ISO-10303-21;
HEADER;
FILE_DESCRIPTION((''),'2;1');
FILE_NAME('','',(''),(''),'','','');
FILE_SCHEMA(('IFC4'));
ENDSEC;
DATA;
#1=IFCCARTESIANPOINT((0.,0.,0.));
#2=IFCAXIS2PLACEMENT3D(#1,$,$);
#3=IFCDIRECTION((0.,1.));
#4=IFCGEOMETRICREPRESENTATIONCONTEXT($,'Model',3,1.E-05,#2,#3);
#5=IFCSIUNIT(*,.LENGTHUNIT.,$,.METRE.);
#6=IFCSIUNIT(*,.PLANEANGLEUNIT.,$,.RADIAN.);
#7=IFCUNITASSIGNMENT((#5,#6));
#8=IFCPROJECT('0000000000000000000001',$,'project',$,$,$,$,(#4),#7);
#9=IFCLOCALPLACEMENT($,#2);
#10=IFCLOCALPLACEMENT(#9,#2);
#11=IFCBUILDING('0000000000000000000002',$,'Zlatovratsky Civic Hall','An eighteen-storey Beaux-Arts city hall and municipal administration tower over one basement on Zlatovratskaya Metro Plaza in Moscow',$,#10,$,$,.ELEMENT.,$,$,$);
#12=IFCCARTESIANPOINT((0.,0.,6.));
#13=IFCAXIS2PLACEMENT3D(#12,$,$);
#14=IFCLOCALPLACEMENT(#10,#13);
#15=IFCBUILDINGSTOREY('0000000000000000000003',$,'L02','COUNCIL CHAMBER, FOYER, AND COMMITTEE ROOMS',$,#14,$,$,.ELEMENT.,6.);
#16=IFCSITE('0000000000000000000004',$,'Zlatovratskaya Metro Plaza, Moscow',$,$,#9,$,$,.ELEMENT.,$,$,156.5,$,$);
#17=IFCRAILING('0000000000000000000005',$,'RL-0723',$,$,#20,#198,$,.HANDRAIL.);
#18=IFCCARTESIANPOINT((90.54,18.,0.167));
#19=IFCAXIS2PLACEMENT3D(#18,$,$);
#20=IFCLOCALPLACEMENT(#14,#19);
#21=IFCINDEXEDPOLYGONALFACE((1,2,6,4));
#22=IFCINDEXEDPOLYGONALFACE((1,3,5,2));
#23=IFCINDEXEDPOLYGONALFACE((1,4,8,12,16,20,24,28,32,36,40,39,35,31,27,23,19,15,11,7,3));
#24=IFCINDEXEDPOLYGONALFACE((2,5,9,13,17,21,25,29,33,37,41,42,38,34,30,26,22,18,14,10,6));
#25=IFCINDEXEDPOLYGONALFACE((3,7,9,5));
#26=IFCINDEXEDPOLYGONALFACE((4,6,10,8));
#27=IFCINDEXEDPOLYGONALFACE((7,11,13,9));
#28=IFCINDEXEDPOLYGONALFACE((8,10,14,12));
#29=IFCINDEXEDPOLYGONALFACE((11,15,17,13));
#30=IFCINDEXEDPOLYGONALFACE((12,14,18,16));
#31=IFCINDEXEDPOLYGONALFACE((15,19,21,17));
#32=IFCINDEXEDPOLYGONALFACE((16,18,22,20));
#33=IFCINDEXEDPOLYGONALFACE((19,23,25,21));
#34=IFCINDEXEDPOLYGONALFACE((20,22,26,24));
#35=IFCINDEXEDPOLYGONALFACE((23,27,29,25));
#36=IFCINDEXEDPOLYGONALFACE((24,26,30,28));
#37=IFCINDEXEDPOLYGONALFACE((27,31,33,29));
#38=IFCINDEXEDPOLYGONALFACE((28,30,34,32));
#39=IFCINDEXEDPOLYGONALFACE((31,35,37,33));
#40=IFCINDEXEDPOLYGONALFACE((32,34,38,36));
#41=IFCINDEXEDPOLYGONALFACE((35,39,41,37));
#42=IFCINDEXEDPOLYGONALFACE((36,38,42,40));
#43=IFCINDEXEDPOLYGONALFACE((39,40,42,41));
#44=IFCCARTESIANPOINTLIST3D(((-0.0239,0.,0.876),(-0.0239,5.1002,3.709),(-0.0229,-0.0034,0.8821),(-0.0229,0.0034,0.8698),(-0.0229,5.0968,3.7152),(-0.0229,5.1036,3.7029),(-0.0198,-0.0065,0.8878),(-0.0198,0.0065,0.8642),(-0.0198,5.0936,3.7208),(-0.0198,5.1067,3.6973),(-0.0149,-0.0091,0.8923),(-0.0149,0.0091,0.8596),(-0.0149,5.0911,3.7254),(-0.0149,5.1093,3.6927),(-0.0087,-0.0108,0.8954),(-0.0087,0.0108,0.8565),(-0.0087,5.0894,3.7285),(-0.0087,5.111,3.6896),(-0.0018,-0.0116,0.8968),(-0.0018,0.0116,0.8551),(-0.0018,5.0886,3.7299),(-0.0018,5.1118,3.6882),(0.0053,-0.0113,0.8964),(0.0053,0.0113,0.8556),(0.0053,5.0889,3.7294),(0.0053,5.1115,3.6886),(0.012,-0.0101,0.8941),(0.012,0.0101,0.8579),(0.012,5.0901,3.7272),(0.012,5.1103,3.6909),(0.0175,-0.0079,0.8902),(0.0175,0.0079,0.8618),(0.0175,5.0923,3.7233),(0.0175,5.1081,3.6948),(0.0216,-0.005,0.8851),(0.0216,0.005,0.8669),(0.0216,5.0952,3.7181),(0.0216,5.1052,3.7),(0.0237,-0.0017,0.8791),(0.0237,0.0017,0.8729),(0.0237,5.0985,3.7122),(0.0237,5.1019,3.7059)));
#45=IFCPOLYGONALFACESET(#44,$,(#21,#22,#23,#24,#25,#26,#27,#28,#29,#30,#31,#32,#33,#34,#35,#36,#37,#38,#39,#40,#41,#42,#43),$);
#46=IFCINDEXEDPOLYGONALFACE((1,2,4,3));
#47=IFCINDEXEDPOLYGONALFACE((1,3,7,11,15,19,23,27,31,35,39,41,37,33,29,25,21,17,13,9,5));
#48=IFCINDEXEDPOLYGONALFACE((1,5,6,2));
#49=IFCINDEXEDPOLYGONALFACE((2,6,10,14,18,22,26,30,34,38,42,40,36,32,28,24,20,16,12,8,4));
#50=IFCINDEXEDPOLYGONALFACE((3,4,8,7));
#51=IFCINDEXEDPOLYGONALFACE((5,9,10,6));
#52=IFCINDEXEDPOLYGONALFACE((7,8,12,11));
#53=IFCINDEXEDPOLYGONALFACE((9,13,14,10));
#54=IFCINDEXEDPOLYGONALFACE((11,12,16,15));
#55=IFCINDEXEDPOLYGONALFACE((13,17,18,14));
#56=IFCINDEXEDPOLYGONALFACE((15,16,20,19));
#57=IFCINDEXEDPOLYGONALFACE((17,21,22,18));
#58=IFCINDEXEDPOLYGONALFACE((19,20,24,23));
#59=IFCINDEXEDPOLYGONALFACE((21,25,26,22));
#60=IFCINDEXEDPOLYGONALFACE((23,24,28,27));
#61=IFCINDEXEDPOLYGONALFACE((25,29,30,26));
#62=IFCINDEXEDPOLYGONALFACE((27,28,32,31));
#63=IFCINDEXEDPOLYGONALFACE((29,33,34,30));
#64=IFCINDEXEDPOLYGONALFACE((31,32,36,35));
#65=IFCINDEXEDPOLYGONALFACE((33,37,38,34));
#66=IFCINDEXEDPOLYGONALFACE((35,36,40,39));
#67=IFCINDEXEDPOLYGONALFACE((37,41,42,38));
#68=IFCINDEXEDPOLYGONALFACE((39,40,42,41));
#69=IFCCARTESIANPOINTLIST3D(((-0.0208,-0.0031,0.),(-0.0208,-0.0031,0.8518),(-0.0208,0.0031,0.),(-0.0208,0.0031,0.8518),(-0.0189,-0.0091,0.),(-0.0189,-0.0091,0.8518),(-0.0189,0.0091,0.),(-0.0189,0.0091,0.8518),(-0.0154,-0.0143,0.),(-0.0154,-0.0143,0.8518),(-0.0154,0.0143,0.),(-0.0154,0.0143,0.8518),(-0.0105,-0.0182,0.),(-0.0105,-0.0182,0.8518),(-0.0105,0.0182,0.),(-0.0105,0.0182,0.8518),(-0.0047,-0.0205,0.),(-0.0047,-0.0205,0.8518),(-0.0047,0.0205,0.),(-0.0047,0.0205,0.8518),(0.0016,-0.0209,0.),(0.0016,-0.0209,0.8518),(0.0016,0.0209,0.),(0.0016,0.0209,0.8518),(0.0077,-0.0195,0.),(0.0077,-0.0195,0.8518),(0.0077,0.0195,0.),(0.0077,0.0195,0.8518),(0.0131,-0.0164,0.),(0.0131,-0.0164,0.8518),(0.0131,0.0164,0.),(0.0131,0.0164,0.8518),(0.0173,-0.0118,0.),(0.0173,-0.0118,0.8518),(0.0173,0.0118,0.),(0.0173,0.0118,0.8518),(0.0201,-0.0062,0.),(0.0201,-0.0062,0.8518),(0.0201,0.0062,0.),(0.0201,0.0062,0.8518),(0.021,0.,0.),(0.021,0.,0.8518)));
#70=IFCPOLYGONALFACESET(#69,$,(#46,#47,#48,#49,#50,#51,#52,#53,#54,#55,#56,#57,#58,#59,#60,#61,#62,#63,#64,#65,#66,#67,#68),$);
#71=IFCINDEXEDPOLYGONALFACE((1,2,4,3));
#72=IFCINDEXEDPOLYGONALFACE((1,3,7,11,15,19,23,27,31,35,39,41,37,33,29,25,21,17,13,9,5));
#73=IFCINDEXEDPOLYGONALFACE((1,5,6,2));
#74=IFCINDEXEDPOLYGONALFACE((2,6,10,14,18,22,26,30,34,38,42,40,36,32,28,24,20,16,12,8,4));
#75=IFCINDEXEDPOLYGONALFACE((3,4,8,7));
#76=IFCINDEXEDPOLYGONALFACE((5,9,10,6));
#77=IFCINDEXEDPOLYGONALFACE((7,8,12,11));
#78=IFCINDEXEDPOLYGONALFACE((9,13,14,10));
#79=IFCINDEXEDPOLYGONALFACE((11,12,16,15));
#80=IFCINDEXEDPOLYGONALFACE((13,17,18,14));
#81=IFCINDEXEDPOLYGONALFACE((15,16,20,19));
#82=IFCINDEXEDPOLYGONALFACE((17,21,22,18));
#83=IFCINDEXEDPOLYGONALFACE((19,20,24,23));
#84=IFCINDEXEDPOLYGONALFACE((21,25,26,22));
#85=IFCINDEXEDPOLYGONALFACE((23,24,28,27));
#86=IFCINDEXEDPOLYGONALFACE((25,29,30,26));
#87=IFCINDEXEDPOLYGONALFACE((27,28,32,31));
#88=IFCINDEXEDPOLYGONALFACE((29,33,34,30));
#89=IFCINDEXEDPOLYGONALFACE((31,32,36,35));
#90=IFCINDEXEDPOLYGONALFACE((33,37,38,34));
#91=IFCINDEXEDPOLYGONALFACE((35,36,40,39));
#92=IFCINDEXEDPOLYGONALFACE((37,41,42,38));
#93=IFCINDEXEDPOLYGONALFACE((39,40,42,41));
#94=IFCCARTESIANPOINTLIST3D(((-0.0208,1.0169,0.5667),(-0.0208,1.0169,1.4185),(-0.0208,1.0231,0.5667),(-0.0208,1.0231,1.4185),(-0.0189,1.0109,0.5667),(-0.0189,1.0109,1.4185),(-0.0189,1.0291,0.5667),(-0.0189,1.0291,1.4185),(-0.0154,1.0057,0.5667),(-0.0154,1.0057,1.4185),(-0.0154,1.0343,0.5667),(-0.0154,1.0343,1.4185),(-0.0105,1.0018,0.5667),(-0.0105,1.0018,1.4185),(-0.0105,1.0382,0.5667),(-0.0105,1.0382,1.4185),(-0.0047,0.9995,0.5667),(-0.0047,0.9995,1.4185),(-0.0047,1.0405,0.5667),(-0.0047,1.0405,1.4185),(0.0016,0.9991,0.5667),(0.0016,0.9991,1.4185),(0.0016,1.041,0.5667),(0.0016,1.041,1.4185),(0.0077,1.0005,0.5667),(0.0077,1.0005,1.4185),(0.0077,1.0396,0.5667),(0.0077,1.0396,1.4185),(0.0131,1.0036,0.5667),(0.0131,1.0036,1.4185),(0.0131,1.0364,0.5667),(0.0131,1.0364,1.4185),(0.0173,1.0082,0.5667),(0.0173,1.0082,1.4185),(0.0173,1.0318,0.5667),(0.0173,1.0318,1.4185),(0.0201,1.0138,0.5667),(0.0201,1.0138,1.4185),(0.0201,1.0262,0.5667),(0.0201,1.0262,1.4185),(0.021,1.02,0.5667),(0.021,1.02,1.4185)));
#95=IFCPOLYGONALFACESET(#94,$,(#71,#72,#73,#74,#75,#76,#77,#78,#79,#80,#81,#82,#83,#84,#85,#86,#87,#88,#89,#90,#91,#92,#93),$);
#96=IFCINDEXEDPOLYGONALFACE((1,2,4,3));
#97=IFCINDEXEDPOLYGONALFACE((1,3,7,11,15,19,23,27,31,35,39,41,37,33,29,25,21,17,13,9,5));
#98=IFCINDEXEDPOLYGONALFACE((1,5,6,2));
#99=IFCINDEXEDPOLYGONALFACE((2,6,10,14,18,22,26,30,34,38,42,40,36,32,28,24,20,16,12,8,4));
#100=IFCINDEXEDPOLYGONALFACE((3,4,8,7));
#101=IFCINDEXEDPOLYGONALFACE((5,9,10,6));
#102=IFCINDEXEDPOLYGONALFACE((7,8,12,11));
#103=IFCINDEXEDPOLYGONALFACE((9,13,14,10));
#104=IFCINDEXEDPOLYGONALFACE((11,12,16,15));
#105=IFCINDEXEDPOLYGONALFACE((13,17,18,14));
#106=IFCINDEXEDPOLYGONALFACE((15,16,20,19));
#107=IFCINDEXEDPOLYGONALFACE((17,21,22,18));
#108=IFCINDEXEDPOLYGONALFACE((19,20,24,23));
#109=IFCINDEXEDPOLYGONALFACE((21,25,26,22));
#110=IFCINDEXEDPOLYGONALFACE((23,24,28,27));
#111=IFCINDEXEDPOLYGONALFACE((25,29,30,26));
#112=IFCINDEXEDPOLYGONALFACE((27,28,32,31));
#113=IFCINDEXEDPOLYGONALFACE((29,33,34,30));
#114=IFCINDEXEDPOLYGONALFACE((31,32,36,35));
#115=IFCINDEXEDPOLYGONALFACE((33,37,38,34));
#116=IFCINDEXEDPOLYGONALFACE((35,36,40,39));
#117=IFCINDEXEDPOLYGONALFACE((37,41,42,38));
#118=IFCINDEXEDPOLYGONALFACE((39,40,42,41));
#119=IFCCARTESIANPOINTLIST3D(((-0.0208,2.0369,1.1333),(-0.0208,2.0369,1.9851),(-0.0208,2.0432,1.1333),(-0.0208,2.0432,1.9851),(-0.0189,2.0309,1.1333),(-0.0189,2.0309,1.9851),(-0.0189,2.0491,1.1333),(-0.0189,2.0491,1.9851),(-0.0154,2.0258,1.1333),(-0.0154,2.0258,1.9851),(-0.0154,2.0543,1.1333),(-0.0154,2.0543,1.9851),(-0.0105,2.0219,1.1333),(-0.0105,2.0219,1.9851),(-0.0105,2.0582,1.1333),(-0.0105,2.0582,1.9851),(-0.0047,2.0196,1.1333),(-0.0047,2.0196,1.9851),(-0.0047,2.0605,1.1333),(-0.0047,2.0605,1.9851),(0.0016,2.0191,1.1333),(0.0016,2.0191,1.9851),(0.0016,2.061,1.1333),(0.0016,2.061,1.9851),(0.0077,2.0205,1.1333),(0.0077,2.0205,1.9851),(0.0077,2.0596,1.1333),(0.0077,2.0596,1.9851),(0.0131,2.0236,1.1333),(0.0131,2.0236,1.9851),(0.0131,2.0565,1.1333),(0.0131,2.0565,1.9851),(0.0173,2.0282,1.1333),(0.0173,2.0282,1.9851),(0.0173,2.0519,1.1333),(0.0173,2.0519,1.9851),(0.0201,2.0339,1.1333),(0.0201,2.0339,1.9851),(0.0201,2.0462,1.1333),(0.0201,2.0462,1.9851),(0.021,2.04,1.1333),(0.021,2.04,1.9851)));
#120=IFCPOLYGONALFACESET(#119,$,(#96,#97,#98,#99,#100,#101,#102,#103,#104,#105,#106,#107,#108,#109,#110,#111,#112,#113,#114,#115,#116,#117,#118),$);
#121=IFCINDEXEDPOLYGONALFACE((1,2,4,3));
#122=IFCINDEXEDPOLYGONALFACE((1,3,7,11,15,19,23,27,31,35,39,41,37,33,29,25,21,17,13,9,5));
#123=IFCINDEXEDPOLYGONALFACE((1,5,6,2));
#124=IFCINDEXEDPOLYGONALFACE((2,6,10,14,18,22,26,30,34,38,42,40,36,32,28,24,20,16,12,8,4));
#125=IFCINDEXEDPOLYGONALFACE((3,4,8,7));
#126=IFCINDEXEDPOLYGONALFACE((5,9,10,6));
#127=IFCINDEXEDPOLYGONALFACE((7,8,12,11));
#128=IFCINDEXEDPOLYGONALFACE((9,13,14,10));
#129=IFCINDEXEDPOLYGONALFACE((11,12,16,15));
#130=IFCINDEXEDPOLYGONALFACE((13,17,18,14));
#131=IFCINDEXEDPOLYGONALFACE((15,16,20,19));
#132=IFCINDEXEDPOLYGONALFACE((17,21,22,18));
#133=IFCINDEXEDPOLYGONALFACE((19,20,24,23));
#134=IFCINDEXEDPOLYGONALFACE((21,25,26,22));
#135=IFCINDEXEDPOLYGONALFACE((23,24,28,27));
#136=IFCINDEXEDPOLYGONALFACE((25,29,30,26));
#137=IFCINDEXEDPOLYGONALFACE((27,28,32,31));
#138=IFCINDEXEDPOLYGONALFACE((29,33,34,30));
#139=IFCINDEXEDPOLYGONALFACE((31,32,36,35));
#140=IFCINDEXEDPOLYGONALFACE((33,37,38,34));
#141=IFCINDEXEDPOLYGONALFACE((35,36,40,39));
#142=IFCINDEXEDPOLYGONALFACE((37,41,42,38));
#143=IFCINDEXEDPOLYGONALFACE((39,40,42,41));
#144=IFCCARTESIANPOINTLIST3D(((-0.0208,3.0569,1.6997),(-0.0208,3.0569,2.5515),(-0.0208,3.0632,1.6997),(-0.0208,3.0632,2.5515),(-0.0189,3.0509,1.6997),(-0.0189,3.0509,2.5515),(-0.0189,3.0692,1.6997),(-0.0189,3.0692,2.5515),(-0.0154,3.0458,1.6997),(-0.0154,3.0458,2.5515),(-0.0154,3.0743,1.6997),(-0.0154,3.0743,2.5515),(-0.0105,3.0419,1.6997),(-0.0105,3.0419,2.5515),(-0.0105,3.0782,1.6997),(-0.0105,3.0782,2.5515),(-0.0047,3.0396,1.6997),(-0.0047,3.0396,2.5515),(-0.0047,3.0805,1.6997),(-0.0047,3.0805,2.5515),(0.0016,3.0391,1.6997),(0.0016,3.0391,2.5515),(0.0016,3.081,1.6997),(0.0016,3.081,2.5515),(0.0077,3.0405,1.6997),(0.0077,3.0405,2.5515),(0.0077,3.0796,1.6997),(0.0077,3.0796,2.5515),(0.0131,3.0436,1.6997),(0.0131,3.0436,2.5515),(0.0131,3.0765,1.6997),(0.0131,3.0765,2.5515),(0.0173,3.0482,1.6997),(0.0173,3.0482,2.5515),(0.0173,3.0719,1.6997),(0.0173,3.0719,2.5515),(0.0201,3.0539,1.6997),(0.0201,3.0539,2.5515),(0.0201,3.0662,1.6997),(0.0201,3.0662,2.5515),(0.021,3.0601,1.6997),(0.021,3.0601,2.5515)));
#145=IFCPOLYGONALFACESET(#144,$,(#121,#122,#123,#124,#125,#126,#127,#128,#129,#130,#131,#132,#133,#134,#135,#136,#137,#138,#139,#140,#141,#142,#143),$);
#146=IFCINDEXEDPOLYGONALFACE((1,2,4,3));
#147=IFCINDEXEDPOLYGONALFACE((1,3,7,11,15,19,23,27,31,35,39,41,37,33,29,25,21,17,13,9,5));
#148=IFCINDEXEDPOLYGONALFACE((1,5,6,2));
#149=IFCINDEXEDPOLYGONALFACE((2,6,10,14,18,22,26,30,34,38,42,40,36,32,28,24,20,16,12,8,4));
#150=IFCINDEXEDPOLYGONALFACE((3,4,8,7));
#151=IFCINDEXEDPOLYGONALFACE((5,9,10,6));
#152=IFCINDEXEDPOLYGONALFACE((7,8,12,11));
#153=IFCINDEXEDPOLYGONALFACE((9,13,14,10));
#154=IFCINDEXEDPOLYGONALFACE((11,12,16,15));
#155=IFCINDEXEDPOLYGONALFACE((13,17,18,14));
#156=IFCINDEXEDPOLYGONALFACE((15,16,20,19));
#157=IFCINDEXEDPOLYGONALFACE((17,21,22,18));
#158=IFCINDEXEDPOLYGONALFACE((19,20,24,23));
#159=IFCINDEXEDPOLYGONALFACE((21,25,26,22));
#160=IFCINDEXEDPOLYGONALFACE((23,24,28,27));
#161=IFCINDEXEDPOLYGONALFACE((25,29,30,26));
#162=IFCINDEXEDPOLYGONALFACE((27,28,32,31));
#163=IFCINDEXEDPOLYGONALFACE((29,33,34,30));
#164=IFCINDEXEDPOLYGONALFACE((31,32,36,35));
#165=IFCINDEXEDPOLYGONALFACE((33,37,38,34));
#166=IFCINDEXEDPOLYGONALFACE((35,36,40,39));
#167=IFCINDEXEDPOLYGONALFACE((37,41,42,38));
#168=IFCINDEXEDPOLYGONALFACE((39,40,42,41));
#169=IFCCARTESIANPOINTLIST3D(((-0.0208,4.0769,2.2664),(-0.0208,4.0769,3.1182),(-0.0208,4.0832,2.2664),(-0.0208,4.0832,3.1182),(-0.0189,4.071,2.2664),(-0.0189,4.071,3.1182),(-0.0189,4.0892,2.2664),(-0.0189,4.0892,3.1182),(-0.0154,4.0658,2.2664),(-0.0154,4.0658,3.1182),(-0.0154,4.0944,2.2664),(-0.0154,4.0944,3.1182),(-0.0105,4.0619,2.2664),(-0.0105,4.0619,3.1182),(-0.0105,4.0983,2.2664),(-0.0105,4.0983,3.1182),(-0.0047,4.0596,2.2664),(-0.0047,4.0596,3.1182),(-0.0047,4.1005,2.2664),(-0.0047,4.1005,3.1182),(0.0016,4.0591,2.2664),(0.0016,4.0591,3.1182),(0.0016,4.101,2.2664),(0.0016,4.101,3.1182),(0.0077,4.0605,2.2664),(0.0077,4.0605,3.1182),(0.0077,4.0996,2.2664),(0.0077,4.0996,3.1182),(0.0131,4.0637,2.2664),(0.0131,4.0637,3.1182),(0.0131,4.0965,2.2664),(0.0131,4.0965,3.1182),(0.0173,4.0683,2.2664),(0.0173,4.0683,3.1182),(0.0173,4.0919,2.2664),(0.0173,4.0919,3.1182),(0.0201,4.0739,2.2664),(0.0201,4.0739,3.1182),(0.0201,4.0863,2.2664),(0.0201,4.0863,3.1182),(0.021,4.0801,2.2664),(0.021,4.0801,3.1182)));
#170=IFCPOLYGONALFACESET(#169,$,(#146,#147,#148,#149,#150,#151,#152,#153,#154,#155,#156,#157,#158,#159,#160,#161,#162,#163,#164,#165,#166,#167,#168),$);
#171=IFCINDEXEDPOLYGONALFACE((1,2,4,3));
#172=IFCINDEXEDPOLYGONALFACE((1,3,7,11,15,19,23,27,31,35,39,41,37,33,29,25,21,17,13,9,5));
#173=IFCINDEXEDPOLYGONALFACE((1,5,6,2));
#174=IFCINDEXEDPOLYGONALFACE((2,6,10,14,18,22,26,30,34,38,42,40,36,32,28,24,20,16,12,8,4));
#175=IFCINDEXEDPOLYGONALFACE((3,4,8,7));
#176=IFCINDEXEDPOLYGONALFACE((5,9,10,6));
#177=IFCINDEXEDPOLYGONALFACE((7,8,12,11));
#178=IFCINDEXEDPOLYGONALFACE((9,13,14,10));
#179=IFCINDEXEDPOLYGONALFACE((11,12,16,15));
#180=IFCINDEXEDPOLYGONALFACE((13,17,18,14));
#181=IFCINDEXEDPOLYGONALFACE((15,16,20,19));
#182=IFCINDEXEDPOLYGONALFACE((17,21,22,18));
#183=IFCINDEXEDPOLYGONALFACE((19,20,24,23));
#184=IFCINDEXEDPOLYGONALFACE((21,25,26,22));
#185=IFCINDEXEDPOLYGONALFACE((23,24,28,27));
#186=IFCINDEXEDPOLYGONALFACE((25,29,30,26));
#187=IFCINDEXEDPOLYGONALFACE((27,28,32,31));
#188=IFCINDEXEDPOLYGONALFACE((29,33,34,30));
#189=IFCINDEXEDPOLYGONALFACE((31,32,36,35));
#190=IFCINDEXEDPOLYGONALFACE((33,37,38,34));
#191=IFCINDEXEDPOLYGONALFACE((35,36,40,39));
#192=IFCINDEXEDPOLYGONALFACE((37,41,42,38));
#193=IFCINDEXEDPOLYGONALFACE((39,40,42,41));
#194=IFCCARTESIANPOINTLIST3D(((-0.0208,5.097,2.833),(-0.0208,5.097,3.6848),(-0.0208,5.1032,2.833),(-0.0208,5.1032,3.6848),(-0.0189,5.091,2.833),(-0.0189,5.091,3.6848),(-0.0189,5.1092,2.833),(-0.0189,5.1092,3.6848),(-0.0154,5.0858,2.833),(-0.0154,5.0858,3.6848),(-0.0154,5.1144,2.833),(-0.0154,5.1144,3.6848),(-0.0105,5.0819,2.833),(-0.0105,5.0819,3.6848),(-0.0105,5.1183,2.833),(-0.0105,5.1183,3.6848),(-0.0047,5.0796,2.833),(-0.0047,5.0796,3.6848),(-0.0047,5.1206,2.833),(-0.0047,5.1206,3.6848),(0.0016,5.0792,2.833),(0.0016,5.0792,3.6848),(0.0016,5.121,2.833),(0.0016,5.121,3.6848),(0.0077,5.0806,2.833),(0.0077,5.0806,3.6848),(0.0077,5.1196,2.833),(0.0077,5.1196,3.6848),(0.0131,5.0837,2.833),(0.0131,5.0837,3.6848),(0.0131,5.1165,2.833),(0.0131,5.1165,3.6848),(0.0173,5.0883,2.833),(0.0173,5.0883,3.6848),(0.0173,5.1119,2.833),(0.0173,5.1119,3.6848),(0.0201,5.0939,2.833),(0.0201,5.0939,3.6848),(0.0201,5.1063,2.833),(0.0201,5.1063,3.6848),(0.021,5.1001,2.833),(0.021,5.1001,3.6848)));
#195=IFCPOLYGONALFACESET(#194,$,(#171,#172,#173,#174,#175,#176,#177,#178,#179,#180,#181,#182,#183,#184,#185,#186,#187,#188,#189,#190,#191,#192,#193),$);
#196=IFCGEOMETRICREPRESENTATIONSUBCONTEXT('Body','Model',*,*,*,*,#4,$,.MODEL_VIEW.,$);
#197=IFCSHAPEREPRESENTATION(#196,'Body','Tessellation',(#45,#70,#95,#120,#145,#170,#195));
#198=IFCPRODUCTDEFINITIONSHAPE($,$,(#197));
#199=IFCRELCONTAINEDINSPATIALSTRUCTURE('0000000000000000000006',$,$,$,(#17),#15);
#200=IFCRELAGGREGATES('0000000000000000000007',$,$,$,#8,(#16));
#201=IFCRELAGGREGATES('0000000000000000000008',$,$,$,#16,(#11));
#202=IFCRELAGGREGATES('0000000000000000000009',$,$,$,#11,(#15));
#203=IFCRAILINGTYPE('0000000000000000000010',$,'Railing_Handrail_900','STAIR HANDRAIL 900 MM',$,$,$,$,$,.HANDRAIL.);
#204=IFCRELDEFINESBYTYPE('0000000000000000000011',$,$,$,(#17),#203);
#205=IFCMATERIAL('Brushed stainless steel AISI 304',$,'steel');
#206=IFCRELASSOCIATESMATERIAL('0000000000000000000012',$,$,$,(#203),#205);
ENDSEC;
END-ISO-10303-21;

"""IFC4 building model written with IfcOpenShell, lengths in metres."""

from ifc_helpers import new_model, si_unit, direction, frame, origin, origin_2d, place, context, subcontext, project, spatial, circle, extrude, material, type_object, element, save


model = new_model("IFC4")

# Units and contexts
model_context = context("Model", 3, precision=1e-05, world=origin(), true_north=direction((0.0, 1.0)))
body_context = subcontext(model_context, "Body", "Model", "MODEL_VIEW")
ifc_project = project(units=[si_unit("LENGTHUNIT", "METRE"), si_unit("PLANEANGLEUNIT", "RADIAN")], contexts=[model_context])

# Site, building, storey
site_placement = place(None, origin())
site = spatial("IfcSite", under=ifc_project, at=site_placement, Name="Zlatovratskaya Metro Plaza, Moscow", CompositionType="ELEMENT", RefElevation=156.5)
building_placement = place(site_placement, origin())
building = spatial("IfcBuilding", under=site, at=building_placement, Name="Zlatovratsky Civic Hall", Description="An eighteen-storey Beaux-Arts city hall and municipal administration tower over one basement on Zlatovratskaya Metro Plaza in Moscow", CompositionType="ELEMENT")
storey_placement = place(building_placement, frame((0.0, 0.0, 6.0)))
storey = spatial("IfcBuildingStorey", under=building, at=storey_placement, Name="L02", Description="COUNCIL CHAMBER, FOYER, AND COMMITTEE ROOMS", CompositionType="ELEMENT", Elevation=6.0)

# Railing
ifc_material_1 = material(Name="Brushed stainless steel AISI 304", Category="steel")
railing_type_1 = type_object("IfcRailingType", Name="Railing_Handrail_900", Description="STAIR HANDRAIL 900 MM", PredefinedType="HANDRAIL", material=ifc_material_1)
railing_1_placement = place(storey_placement, frame((90.54, 18.0, 0.167)))
element("IfcRailing", 1, at=railing_1_placement, inside=storey, type_object=railing_type_1, Name="RL-0723", PredefinedType="HANDRAIL", context=body_context, shape_type="SweptSolid", body=[
    extrude(circle(Radius=0.0239, at=origin_2d()), frame((0.0, 0.0, 0.876), z_axis=(0.0, 0.874185, 0.485593), x_axis=(-1.0, 0.0, 0.0)), (0.0, 0.0, 1.0), 5.8342),
    extrude(circle(Radius=0.021, at=origin_2d()), origin(), (0.0, 0.0, 1.0), 0.8518),
    extrude(circle(Radius=0.021, at=origin_2d()), frame((0.0, 1.02, 0.5667)), (0.0, 0.0, 1.0), 0.8518),
    extrude(circle(Radius=0.021, at=origin_2d()), frame((0.0, 2.04, 1.1333)), (0.0, 0.0, 1.0), 0.8518),
    extrude(circle(Radius=0.021, at=origin_2d()), frame((0.0, 3.0601, 1.6997)), (0.0, 0.0, 1.0), 0.8518),
    extrude(circle(Radius=0.021, at=origin_2d()), frame((0.0, 4.0801, 2.2664)), (0.0, 0.0, 1.0), 0.8518),
    extrude(circle(Radius=0.021, at=origin_2d()), frame((0.0, 5.1001, 2.833)), (0.0, 0.0, 1.0), 0.8518),
])

save(model, "model.ifc")
